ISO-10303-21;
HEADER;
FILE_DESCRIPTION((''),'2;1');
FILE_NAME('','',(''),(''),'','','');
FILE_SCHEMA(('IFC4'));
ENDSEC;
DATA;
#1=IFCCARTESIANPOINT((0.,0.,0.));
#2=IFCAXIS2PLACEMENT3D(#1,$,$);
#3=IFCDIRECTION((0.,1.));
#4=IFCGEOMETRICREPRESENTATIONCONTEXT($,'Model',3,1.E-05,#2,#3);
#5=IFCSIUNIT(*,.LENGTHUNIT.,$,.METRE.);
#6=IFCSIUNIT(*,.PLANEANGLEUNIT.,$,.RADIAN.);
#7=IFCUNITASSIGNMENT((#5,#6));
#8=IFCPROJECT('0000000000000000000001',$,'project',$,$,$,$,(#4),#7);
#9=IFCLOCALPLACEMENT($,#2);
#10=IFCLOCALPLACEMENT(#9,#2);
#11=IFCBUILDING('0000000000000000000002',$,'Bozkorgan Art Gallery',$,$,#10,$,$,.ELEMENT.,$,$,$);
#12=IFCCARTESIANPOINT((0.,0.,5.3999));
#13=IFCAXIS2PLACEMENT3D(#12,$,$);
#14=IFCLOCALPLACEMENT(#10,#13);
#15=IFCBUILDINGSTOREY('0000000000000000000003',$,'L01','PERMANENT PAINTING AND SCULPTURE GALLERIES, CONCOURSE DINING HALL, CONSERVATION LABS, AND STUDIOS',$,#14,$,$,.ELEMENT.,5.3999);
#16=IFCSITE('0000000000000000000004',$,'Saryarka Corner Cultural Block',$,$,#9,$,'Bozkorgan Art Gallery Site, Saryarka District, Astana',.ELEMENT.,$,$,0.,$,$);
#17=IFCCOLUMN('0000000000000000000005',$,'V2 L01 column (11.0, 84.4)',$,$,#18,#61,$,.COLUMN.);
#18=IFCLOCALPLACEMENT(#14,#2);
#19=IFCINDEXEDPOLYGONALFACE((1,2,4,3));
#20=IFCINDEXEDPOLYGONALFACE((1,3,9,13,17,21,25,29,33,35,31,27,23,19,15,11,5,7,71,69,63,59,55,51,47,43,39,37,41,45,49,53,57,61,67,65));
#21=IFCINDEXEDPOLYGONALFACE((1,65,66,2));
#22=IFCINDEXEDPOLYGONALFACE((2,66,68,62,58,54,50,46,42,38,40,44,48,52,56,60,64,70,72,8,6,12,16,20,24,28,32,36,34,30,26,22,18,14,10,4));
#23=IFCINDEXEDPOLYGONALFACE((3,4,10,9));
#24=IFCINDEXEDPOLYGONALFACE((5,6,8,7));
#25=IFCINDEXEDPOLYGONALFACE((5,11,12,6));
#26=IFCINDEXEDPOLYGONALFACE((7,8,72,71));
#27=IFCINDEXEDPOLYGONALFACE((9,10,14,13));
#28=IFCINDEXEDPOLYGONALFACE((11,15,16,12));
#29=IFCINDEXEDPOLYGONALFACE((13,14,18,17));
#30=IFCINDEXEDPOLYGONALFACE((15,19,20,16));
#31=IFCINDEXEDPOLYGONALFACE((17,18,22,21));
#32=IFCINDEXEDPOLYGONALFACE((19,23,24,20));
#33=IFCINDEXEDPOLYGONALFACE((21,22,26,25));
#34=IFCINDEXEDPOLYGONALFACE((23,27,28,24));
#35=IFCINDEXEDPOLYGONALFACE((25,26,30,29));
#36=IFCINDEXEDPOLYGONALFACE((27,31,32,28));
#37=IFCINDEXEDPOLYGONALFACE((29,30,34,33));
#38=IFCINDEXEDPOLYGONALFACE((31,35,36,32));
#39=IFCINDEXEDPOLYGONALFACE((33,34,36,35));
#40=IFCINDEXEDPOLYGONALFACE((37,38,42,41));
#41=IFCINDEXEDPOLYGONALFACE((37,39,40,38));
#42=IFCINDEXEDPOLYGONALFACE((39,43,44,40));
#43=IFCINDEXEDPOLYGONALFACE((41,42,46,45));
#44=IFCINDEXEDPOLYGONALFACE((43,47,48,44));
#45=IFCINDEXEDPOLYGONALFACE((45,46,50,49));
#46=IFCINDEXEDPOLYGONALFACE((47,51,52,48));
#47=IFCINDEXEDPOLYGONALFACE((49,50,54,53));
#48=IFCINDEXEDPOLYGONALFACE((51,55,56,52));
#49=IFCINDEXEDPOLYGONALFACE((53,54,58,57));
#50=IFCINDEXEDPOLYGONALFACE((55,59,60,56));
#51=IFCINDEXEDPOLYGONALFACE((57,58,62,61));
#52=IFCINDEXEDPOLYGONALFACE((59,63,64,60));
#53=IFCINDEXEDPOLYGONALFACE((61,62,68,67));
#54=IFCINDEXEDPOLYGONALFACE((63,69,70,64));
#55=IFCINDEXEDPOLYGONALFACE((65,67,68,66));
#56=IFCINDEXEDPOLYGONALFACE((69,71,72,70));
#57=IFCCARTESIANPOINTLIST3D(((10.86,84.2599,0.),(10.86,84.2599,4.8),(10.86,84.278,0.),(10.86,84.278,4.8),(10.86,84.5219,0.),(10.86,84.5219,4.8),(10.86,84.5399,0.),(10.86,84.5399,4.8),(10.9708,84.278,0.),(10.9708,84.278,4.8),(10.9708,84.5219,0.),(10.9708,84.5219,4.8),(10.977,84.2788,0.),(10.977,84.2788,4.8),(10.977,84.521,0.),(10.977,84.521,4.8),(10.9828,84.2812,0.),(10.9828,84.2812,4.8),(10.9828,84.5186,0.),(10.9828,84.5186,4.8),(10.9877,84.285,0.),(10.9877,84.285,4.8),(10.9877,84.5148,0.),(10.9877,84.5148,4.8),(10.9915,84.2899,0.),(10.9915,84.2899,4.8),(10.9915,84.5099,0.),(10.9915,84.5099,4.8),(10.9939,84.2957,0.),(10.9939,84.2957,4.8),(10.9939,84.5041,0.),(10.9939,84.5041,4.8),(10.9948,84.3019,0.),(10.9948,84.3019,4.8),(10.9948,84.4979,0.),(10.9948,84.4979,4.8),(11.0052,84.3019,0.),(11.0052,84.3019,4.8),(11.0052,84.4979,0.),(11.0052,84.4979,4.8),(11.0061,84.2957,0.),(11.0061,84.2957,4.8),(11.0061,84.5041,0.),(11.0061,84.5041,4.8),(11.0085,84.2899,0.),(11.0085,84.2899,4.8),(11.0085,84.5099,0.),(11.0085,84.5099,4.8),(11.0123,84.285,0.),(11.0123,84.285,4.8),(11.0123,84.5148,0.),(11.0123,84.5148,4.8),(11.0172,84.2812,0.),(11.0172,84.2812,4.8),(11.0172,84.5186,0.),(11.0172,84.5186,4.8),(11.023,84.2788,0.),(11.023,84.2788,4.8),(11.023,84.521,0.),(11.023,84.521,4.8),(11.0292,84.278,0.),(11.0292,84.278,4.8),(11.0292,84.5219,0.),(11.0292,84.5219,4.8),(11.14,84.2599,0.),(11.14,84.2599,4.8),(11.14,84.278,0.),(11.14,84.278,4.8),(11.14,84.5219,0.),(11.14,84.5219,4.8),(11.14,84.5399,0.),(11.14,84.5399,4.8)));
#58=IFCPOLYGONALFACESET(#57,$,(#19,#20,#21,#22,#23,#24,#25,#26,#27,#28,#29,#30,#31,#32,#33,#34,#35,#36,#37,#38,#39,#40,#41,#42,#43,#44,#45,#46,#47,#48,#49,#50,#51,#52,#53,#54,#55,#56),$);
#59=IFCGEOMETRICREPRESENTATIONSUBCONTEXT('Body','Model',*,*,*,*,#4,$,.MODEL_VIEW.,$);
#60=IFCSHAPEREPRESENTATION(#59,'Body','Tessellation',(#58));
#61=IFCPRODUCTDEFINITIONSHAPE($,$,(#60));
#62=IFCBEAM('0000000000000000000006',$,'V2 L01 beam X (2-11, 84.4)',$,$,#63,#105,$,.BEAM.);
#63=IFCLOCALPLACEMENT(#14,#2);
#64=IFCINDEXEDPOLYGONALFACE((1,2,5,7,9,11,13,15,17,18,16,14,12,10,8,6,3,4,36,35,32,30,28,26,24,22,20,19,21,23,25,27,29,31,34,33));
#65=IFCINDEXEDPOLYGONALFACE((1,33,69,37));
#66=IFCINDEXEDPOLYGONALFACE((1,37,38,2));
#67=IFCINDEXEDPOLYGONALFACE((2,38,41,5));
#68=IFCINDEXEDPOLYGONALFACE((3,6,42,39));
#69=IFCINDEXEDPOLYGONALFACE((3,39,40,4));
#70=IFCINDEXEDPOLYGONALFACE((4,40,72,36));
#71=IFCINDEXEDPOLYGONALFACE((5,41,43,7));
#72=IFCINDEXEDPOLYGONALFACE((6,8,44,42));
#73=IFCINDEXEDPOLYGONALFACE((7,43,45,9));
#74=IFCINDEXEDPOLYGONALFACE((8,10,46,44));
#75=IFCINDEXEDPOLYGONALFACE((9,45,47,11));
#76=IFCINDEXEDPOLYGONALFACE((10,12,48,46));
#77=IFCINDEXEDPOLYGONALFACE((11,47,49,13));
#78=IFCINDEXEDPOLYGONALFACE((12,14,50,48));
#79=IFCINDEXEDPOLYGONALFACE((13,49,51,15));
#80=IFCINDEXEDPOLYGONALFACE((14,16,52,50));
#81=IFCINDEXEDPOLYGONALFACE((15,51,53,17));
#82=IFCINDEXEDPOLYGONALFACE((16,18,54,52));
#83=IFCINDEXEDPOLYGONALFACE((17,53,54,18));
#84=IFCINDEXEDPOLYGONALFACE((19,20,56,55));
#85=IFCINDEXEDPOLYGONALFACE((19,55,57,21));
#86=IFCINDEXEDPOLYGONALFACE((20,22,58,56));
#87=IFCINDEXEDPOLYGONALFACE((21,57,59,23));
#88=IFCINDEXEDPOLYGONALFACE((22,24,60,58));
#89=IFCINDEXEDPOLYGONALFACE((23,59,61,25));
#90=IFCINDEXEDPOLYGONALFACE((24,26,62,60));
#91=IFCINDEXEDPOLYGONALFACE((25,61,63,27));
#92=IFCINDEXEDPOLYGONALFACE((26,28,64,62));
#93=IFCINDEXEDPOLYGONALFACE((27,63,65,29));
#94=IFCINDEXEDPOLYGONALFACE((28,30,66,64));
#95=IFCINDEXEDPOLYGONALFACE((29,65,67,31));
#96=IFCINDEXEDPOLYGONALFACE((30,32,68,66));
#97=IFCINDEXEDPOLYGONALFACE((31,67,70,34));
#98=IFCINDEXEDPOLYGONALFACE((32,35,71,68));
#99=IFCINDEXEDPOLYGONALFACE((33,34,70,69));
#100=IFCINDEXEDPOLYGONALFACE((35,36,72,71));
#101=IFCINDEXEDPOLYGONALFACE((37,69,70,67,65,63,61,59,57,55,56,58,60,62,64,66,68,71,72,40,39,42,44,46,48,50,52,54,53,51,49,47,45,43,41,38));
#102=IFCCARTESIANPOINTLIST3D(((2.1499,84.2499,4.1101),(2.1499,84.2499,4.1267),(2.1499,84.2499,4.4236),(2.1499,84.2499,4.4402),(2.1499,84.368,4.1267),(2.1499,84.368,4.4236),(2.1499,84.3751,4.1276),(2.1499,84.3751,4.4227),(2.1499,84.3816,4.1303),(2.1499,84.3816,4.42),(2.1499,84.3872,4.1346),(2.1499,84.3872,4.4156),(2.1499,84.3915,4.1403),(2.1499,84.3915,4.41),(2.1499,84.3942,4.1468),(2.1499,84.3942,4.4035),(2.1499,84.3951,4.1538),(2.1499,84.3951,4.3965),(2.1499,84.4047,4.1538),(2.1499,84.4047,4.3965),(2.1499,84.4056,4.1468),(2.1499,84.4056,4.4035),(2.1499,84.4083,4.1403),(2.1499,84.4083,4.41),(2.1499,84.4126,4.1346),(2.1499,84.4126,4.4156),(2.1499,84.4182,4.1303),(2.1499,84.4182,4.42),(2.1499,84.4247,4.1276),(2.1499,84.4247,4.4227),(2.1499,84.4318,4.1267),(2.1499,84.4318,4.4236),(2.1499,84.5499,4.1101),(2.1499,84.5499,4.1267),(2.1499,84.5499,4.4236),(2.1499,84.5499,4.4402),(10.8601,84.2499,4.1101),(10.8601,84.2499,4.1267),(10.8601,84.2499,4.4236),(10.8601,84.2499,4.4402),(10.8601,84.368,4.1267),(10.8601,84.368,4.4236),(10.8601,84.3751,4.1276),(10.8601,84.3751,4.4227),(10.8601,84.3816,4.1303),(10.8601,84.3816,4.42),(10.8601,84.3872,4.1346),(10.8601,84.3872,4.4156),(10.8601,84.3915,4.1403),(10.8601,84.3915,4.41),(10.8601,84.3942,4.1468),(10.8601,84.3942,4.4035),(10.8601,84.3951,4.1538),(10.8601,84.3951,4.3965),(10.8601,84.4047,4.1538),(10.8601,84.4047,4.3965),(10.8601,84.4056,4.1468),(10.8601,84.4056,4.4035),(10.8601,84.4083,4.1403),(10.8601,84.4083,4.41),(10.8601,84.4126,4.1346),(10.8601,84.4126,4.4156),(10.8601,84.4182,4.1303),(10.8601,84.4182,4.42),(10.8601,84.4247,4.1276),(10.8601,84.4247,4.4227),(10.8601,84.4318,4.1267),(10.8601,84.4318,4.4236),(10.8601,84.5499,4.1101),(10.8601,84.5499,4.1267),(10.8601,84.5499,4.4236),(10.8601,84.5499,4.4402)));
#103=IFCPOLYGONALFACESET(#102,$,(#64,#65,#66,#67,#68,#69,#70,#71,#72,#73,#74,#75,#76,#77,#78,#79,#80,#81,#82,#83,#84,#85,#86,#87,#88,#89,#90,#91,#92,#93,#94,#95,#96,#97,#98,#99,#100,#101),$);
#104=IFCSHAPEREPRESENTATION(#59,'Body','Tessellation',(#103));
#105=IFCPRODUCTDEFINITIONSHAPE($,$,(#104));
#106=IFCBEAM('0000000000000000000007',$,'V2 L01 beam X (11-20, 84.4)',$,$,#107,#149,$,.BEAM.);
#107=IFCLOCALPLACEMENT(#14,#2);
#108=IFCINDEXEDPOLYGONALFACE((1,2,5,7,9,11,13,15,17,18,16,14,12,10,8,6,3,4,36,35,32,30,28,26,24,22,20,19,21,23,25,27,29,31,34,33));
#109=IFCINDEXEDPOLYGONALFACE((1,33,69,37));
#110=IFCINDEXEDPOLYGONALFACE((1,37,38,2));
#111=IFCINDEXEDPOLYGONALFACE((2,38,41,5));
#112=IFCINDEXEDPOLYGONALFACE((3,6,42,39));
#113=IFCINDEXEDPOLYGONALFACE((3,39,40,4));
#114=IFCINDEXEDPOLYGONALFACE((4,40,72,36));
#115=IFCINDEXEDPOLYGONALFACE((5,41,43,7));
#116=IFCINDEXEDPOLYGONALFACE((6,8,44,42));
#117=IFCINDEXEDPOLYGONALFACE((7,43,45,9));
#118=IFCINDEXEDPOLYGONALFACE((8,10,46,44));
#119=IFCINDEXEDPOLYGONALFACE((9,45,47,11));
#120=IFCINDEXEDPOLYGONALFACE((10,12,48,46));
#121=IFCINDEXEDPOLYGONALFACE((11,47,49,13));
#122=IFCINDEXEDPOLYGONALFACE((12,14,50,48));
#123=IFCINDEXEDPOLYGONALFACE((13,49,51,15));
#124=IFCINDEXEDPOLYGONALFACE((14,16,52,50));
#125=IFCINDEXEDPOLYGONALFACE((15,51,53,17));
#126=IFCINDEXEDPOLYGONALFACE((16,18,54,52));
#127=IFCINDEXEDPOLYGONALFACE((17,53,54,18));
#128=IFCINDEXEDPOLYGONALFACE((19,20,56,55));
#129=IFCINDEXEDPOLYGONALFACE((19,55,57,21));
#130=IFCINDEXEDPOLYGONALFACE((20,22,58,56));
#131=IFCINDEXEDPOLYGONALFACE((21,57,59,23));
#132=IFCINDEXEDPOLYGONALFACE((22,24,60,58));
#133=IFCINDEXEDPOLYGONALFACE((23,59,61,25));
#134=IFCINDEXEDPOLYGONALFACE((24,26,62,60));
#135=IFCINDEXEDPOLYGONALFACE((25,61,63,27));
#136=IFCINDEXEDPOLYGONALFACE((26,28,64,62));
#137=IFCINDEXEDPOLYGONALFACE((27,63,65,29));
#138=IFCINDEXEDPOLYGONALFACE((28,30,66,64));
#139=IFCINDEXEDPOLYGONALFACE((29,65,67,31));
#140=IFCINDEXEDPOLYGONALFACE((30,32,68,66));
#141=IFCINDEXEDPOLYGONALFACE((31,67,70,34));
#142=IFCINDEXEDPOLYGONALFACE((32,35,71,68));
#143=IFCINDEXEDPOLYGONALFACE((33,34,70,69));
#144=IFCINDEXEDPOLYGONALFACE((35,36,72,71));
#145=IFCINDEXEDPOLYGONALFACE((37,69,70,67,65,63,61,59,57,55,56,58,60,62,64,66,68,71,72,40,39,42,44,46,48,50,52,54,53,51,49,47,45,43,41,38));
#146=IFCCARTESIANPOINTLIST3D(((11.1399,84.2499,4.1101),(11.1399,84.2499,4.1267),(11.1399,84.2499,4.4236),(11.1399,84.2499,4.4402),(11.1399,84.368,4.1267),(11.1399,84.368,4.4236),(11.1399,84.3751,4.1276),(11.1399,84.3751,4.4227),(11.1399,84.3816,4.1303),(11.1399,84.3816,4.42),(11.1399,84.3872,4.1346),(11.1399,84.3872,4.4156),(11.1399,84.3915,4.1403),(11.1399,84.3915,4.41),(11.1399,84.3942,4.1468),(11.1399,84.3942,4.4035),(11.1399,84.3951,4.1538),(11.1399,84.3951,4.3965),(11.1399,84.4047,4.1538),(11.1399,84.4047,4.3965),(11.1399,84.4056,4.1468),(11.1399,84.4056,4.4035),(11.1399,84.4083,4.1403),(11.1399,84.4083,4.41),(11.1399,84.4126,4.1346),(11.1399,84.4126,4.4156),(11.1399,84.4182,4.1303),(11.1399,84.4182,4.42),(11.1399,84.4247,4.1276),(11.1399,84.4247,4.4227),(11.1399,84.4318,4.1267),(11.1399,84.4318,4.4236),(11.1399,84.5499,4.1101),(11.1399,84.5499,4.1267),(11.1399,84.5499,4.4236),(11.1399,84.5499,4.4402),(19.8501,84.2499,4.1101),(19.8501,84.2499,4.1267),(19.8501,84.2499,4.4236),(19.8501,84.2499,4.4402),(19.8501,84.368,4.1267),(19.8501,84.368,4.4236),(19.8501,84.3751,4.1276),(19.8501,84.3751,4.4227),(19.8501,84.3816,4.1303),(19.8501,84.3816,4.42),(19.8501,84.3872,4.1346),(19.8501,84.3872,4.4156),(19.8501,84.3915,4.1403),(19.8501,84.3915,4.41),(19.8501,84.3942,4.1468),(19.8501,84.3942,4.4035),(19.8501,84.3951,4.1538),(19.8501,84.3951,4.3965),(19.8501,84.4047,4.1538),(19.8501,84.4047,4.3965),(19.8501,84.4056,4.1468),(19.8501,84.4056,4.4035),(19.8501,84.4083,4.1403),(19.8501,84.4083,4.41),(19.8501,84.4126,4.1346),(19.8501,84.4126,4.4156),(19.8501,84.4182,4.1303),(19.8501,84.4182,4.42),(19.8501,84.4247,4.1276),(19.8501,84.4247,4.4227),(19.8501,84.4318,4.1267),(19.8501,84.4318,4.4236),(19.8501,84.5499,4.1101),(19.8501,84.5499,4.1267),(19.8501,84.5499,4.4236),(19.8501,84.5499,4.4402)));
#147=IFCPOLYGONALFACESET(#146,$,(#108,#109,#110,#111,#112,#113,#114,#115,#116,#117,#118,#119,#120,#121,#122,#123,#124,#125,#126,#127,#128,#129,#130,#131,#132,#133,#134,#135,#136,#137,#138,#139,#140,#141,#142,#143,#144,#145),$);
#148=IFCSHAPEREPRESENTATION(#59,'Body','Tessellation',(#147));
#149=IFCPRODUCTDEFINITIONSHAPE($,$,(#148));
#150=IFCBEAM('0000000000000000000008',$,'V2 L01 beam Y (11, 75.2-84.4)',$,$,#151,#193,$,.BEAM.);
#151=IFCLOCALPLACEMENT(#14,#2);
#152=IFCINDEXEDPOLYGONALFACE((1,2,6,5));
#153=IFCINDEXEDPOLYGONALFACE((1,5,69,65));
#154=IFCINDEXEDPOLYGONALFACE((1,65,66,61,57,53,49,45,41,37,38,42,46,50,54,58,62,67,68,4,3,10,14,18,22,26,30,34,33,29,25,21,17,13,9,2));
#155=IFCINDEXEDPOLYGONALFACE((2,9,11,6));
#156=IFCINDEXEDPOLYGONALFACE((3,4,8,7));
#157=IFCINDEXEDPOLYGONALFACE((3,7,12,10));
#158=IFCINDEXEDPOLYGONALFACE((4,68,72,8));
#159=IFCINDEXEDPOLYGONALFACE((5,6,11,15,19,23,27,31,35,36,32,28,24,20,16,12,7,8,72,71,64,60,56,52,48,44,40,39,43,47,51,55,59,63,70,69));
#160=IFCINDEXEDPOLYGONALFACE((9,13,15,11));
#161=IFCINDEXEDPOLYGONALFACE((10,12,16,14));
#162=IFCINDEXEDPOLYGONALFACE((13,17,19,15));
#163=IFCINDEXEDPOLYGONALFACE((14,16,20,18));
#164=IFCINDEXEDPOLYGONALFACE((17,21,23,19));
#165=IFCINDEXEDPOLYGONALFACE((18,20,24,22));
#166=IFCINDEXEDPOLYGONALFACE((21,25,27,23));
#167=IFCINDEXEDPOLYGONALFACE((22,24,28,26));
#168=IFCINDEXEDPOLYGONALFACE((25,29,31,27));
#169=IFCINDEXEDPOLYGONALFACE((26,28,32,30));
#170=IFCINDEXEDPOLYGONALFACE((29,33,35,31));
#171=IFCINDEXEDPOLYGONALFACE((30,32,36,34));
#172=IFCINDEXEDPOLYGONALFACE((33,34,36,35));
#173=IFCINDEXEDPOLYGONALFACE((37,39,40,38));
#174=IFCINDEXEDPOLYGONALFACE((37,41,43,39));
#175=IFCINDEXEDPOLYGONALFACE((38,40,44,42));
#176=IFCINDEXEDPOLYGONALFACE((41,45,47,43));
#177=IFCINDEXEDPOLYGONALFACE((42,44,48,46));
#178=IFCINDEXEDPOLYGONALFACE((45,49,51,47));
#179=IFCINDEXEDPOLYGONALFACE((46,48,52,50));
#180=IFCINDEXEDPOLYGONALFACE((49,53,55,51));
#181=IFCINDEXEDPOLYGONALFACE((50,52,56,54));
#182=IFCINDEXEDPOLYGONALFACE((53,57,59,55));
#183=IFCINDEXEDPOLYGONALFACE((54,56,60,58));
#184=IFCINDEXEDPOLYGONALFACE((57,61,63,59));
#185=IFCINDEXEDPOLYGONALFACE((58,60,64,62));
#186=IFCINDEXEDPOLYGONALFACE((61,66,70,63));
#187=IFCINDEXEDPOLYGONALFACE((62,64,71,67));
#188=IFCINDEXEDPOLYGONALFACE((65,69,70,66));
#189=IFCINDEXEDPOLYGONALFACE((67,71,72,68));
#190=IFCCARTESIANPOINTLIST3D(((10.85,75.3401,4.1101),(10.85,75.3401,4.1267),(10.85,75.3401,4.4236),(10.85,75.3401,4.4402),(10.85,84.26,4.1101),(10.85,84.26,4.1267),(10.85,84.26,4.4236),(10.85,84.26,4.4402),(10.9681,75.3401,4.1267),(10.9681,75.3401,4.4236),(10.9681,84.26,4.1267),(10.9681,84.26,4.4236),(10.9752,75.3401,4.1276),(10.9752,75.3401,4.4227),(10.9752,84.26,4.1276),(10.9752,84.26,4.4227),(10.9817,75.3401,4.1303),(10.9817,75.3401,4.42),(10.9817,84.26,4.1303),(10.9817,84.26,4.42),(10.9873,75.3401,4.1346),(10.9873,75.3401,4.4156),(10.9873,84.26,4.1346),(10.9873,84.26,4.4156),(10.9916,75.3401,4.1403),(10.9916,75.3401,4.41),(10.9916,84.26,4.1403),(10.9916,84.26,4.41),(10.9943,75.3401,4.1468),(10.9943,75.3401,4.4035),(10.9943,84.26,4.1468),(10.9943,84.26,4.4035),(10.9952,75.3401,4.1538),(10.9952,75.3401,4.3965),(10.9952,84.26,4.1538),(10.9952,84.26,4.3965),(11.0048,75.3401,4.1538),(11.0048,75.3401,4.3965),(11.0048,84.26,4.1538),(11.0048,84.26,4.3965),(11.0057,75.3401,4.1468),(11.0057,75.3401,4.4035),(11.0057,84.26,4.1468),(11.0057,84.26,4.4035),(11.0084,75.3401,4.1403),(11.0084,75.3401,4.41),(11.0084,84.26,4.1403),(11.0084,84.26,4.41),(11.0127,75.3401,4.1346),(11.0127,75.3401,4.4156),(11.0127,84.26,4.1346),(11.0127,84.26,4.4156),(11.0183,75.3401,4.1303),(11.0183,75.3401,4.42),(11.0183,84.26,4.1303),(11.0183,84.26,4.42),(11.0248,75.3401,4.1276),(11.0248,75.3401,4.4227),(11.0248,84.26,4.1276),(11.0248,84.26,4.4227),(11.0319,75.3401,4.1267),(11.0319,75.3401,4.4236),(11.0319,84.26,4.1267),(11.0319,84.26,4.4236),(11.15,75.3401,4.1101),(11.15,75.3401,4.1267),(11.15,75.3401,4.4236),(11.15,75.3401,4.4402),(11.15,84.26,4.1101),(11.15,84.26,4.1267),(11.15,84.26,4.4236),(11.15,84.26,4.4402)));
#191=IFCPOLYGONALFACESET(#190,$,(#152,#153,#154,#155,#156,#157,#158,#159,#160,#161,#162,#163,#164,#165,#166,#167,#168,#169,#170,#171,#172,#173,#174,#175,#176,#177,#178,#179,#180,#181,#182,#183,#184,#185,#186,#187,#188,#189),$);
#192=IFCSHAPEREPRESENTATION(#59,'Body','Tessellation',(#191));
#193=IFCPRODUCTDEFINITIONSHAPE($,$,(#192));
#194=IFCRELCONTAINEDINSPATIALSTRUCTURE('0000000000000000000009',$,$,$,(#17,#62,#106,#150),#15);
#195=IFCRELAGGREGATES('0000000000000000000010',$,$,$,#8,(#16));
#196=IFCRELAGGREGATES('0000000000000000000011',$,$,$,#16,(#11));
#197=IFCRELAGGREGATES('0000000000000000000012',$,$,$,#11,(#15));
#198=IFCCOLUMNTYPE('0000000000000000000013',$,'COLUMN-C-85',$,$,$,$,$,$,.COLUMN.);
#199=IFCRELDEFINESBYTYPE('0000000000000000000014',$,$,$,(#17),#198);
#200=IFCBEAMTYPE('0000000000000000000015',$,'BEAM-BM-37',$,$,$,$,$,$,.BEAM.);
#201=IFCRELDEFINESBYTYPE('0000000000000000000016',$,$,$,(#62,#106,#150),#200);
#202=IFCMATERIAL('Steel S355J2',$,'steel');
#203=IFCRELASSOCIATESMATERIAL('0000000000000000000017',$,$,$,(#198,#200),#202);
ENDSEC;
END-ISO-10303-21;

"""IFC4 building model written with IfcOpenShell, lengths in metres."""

from ifc_helpers import new_model, si_unit, direction, frame, origin, origin_2d, place, context, subcontext, project, spatial, i_section, extrude, material, material_profile, profile_set, type_object, element, save


model = new_model("IFC4")

# Units and contexts
model_context = context("Model", 3, precision=1e-05, world=origin(), true_north=direction((0.0, 1.0)))
body_context = subcontext(model_context, "Body", "Model", "MODEL_VIEW")
ifc_project = project(units=[si_unit("LENGTHUNIT", "METRE"), si_unit("PLANEANGLEUNIT", "RADIAN")], contexts=[model_context])

# Site, building, storey
site_placement = place(None, origin())
site = spatial("IfcSite", under=ifc_project, at=site_placement, Name="Saryarka Corner Cultural Block", LongName="Bozkorgan Art Gallery Site, Saryarka District, Astana", CompositionType="ELEMENT", RefElevation=0.0)
building_placement = place(site_placement, origin())
building = spatial("IfcBuilding", under=site, at=building_placement, Name="Bozkorgan Art Gallery", CompositionType="ELEMENT")
storey_placement = place(building_placement, frame((0.0, 0.0, 5.3999)))
storey = spatial("IfcBuildingStorey", under=building, at=storey_placement, Name="L01", Description="PERMANENT PAINTING AND SCULPTURE GALLERIES, CONCOURSE DINING HALL, CONSERVATION LABS, AND STUDIOS", CompositionType="ELEMENT", Elevation=5.3999)

# Column
ifc_material_1 = material(Name="Steel S355J2", Category="steel")
ifc_material_profile_1 = material_profile(ifc_material_1, i_section(OverallWidth=0.28, OverallDepth=0.28, WebThickness=0.0105, FlangeThickness=0.0181, FilletRadius=0.0239, at=origin_2d()), Name="HEB 280")
ifc_profile_set_1 = profile_set([ifc_material_profile_1], Name="Steel S355J2")
column_type = type_object("IfcColumnType", Name="COLUMN-C-85", PredefinedType="COLUMN", material=ifc_profile_set_1)
column_placement = place(storey_placement, frame((11.0, 84.3999, 0.0), z_axis=(0.0, 0.0, 1.0), x_axis=(1.0, 0.0, 0.0)))
element("IfcColumn", 1, at=column_placement, inside=storey, type_object=column_type, Name="V2 L01 column (11.0, 84.4)", PredefinedType="COLUMN", context=body_context, shape_type="SweptSolid", body=[
    extrude(i_section(OverallWidth=0.28, OverallDepth=0.28, WebThickness=0.0105, FlangeThickness=0.0181, FilletRadius=0.0239, at=origin_2d()), origin(), (0.0, 0.0, 1.0), 4.8),
])

# Beams
ifc_material_profile_2 = material_profile(ifc_material_1, i_section(OverallWidth=0.3, OverallDepth=0.3301, WebThickness=0.0095, FlangeThickness=0.0166, FilletRadius=0.0271, at=origin_2d()), Name="HEA 340")
ifc_profile_set_2 = profile_set([ifc_material_profile_2], Name="Steel S355J2")
beam_type = type_object("IfcBeamType", Name="BEAM-BM-37", PredefinedType="BEAM", material=ifc_profile_set_2)
for number, where, z_axis, x_axis, name in (
    (2, (2.1499, 84.3999, 4.2751), (1.0, 0.0, 0.0), (0.0, 1.0, 0.0), "V2 L01 beam X (2-11, 84.4)"),
    (3, (11.1399, 84.3999, 4.2751), (1.0, 0.0, 0.0), (0.0, 1.0, 0.0), "V2 L01 beam X (11-20, 84.4)"),
):
    element("IfcBeam", number, at=place(storey_placement, frame(where, z_axis=z_axis, x_axis=x_axis)), inside=storey, type_object=beam_type, Name=name, PredefinedType="BEAM", context=body_context, shape_type="SweptSolid", body=[
        extrude(i_section(OverallWidth=0.3, OverallDepth=0.3301, WebThickness=0.0095, FlangeThickness=0.0166, FilletRadius=0.0271, at=origin_2d()), origin(), (0.0, 0.0, 1.0), 8.7102),
    ])
beam_1_placement = place(storey_placement, frame((11.0, 75.3401, 4.2751), z_axis=(0.0, 1.0, 0.0), x_axis=(-1.0, 0.0, 0.0)))
element("IfcBeam", 4, at=beam_1_placement, inside=storey, type_object=beam_type, Name="V2 L01 beam Y (11, 75.2-84.4)", PredefinedType="BEAM", context=body_context, shape_type="SweptSolid", body=[
    extrude(i_section(OverallWidth=0.3, OverallDepth=0.3301, WebThickness=0.0095, FlangeThickness=0.0166, FilletRadius=0.0271, at=origin_2d()), origin(), (0.0, 0.0, 1.0), 8.9199),
])

save(model, "model.ifc")
